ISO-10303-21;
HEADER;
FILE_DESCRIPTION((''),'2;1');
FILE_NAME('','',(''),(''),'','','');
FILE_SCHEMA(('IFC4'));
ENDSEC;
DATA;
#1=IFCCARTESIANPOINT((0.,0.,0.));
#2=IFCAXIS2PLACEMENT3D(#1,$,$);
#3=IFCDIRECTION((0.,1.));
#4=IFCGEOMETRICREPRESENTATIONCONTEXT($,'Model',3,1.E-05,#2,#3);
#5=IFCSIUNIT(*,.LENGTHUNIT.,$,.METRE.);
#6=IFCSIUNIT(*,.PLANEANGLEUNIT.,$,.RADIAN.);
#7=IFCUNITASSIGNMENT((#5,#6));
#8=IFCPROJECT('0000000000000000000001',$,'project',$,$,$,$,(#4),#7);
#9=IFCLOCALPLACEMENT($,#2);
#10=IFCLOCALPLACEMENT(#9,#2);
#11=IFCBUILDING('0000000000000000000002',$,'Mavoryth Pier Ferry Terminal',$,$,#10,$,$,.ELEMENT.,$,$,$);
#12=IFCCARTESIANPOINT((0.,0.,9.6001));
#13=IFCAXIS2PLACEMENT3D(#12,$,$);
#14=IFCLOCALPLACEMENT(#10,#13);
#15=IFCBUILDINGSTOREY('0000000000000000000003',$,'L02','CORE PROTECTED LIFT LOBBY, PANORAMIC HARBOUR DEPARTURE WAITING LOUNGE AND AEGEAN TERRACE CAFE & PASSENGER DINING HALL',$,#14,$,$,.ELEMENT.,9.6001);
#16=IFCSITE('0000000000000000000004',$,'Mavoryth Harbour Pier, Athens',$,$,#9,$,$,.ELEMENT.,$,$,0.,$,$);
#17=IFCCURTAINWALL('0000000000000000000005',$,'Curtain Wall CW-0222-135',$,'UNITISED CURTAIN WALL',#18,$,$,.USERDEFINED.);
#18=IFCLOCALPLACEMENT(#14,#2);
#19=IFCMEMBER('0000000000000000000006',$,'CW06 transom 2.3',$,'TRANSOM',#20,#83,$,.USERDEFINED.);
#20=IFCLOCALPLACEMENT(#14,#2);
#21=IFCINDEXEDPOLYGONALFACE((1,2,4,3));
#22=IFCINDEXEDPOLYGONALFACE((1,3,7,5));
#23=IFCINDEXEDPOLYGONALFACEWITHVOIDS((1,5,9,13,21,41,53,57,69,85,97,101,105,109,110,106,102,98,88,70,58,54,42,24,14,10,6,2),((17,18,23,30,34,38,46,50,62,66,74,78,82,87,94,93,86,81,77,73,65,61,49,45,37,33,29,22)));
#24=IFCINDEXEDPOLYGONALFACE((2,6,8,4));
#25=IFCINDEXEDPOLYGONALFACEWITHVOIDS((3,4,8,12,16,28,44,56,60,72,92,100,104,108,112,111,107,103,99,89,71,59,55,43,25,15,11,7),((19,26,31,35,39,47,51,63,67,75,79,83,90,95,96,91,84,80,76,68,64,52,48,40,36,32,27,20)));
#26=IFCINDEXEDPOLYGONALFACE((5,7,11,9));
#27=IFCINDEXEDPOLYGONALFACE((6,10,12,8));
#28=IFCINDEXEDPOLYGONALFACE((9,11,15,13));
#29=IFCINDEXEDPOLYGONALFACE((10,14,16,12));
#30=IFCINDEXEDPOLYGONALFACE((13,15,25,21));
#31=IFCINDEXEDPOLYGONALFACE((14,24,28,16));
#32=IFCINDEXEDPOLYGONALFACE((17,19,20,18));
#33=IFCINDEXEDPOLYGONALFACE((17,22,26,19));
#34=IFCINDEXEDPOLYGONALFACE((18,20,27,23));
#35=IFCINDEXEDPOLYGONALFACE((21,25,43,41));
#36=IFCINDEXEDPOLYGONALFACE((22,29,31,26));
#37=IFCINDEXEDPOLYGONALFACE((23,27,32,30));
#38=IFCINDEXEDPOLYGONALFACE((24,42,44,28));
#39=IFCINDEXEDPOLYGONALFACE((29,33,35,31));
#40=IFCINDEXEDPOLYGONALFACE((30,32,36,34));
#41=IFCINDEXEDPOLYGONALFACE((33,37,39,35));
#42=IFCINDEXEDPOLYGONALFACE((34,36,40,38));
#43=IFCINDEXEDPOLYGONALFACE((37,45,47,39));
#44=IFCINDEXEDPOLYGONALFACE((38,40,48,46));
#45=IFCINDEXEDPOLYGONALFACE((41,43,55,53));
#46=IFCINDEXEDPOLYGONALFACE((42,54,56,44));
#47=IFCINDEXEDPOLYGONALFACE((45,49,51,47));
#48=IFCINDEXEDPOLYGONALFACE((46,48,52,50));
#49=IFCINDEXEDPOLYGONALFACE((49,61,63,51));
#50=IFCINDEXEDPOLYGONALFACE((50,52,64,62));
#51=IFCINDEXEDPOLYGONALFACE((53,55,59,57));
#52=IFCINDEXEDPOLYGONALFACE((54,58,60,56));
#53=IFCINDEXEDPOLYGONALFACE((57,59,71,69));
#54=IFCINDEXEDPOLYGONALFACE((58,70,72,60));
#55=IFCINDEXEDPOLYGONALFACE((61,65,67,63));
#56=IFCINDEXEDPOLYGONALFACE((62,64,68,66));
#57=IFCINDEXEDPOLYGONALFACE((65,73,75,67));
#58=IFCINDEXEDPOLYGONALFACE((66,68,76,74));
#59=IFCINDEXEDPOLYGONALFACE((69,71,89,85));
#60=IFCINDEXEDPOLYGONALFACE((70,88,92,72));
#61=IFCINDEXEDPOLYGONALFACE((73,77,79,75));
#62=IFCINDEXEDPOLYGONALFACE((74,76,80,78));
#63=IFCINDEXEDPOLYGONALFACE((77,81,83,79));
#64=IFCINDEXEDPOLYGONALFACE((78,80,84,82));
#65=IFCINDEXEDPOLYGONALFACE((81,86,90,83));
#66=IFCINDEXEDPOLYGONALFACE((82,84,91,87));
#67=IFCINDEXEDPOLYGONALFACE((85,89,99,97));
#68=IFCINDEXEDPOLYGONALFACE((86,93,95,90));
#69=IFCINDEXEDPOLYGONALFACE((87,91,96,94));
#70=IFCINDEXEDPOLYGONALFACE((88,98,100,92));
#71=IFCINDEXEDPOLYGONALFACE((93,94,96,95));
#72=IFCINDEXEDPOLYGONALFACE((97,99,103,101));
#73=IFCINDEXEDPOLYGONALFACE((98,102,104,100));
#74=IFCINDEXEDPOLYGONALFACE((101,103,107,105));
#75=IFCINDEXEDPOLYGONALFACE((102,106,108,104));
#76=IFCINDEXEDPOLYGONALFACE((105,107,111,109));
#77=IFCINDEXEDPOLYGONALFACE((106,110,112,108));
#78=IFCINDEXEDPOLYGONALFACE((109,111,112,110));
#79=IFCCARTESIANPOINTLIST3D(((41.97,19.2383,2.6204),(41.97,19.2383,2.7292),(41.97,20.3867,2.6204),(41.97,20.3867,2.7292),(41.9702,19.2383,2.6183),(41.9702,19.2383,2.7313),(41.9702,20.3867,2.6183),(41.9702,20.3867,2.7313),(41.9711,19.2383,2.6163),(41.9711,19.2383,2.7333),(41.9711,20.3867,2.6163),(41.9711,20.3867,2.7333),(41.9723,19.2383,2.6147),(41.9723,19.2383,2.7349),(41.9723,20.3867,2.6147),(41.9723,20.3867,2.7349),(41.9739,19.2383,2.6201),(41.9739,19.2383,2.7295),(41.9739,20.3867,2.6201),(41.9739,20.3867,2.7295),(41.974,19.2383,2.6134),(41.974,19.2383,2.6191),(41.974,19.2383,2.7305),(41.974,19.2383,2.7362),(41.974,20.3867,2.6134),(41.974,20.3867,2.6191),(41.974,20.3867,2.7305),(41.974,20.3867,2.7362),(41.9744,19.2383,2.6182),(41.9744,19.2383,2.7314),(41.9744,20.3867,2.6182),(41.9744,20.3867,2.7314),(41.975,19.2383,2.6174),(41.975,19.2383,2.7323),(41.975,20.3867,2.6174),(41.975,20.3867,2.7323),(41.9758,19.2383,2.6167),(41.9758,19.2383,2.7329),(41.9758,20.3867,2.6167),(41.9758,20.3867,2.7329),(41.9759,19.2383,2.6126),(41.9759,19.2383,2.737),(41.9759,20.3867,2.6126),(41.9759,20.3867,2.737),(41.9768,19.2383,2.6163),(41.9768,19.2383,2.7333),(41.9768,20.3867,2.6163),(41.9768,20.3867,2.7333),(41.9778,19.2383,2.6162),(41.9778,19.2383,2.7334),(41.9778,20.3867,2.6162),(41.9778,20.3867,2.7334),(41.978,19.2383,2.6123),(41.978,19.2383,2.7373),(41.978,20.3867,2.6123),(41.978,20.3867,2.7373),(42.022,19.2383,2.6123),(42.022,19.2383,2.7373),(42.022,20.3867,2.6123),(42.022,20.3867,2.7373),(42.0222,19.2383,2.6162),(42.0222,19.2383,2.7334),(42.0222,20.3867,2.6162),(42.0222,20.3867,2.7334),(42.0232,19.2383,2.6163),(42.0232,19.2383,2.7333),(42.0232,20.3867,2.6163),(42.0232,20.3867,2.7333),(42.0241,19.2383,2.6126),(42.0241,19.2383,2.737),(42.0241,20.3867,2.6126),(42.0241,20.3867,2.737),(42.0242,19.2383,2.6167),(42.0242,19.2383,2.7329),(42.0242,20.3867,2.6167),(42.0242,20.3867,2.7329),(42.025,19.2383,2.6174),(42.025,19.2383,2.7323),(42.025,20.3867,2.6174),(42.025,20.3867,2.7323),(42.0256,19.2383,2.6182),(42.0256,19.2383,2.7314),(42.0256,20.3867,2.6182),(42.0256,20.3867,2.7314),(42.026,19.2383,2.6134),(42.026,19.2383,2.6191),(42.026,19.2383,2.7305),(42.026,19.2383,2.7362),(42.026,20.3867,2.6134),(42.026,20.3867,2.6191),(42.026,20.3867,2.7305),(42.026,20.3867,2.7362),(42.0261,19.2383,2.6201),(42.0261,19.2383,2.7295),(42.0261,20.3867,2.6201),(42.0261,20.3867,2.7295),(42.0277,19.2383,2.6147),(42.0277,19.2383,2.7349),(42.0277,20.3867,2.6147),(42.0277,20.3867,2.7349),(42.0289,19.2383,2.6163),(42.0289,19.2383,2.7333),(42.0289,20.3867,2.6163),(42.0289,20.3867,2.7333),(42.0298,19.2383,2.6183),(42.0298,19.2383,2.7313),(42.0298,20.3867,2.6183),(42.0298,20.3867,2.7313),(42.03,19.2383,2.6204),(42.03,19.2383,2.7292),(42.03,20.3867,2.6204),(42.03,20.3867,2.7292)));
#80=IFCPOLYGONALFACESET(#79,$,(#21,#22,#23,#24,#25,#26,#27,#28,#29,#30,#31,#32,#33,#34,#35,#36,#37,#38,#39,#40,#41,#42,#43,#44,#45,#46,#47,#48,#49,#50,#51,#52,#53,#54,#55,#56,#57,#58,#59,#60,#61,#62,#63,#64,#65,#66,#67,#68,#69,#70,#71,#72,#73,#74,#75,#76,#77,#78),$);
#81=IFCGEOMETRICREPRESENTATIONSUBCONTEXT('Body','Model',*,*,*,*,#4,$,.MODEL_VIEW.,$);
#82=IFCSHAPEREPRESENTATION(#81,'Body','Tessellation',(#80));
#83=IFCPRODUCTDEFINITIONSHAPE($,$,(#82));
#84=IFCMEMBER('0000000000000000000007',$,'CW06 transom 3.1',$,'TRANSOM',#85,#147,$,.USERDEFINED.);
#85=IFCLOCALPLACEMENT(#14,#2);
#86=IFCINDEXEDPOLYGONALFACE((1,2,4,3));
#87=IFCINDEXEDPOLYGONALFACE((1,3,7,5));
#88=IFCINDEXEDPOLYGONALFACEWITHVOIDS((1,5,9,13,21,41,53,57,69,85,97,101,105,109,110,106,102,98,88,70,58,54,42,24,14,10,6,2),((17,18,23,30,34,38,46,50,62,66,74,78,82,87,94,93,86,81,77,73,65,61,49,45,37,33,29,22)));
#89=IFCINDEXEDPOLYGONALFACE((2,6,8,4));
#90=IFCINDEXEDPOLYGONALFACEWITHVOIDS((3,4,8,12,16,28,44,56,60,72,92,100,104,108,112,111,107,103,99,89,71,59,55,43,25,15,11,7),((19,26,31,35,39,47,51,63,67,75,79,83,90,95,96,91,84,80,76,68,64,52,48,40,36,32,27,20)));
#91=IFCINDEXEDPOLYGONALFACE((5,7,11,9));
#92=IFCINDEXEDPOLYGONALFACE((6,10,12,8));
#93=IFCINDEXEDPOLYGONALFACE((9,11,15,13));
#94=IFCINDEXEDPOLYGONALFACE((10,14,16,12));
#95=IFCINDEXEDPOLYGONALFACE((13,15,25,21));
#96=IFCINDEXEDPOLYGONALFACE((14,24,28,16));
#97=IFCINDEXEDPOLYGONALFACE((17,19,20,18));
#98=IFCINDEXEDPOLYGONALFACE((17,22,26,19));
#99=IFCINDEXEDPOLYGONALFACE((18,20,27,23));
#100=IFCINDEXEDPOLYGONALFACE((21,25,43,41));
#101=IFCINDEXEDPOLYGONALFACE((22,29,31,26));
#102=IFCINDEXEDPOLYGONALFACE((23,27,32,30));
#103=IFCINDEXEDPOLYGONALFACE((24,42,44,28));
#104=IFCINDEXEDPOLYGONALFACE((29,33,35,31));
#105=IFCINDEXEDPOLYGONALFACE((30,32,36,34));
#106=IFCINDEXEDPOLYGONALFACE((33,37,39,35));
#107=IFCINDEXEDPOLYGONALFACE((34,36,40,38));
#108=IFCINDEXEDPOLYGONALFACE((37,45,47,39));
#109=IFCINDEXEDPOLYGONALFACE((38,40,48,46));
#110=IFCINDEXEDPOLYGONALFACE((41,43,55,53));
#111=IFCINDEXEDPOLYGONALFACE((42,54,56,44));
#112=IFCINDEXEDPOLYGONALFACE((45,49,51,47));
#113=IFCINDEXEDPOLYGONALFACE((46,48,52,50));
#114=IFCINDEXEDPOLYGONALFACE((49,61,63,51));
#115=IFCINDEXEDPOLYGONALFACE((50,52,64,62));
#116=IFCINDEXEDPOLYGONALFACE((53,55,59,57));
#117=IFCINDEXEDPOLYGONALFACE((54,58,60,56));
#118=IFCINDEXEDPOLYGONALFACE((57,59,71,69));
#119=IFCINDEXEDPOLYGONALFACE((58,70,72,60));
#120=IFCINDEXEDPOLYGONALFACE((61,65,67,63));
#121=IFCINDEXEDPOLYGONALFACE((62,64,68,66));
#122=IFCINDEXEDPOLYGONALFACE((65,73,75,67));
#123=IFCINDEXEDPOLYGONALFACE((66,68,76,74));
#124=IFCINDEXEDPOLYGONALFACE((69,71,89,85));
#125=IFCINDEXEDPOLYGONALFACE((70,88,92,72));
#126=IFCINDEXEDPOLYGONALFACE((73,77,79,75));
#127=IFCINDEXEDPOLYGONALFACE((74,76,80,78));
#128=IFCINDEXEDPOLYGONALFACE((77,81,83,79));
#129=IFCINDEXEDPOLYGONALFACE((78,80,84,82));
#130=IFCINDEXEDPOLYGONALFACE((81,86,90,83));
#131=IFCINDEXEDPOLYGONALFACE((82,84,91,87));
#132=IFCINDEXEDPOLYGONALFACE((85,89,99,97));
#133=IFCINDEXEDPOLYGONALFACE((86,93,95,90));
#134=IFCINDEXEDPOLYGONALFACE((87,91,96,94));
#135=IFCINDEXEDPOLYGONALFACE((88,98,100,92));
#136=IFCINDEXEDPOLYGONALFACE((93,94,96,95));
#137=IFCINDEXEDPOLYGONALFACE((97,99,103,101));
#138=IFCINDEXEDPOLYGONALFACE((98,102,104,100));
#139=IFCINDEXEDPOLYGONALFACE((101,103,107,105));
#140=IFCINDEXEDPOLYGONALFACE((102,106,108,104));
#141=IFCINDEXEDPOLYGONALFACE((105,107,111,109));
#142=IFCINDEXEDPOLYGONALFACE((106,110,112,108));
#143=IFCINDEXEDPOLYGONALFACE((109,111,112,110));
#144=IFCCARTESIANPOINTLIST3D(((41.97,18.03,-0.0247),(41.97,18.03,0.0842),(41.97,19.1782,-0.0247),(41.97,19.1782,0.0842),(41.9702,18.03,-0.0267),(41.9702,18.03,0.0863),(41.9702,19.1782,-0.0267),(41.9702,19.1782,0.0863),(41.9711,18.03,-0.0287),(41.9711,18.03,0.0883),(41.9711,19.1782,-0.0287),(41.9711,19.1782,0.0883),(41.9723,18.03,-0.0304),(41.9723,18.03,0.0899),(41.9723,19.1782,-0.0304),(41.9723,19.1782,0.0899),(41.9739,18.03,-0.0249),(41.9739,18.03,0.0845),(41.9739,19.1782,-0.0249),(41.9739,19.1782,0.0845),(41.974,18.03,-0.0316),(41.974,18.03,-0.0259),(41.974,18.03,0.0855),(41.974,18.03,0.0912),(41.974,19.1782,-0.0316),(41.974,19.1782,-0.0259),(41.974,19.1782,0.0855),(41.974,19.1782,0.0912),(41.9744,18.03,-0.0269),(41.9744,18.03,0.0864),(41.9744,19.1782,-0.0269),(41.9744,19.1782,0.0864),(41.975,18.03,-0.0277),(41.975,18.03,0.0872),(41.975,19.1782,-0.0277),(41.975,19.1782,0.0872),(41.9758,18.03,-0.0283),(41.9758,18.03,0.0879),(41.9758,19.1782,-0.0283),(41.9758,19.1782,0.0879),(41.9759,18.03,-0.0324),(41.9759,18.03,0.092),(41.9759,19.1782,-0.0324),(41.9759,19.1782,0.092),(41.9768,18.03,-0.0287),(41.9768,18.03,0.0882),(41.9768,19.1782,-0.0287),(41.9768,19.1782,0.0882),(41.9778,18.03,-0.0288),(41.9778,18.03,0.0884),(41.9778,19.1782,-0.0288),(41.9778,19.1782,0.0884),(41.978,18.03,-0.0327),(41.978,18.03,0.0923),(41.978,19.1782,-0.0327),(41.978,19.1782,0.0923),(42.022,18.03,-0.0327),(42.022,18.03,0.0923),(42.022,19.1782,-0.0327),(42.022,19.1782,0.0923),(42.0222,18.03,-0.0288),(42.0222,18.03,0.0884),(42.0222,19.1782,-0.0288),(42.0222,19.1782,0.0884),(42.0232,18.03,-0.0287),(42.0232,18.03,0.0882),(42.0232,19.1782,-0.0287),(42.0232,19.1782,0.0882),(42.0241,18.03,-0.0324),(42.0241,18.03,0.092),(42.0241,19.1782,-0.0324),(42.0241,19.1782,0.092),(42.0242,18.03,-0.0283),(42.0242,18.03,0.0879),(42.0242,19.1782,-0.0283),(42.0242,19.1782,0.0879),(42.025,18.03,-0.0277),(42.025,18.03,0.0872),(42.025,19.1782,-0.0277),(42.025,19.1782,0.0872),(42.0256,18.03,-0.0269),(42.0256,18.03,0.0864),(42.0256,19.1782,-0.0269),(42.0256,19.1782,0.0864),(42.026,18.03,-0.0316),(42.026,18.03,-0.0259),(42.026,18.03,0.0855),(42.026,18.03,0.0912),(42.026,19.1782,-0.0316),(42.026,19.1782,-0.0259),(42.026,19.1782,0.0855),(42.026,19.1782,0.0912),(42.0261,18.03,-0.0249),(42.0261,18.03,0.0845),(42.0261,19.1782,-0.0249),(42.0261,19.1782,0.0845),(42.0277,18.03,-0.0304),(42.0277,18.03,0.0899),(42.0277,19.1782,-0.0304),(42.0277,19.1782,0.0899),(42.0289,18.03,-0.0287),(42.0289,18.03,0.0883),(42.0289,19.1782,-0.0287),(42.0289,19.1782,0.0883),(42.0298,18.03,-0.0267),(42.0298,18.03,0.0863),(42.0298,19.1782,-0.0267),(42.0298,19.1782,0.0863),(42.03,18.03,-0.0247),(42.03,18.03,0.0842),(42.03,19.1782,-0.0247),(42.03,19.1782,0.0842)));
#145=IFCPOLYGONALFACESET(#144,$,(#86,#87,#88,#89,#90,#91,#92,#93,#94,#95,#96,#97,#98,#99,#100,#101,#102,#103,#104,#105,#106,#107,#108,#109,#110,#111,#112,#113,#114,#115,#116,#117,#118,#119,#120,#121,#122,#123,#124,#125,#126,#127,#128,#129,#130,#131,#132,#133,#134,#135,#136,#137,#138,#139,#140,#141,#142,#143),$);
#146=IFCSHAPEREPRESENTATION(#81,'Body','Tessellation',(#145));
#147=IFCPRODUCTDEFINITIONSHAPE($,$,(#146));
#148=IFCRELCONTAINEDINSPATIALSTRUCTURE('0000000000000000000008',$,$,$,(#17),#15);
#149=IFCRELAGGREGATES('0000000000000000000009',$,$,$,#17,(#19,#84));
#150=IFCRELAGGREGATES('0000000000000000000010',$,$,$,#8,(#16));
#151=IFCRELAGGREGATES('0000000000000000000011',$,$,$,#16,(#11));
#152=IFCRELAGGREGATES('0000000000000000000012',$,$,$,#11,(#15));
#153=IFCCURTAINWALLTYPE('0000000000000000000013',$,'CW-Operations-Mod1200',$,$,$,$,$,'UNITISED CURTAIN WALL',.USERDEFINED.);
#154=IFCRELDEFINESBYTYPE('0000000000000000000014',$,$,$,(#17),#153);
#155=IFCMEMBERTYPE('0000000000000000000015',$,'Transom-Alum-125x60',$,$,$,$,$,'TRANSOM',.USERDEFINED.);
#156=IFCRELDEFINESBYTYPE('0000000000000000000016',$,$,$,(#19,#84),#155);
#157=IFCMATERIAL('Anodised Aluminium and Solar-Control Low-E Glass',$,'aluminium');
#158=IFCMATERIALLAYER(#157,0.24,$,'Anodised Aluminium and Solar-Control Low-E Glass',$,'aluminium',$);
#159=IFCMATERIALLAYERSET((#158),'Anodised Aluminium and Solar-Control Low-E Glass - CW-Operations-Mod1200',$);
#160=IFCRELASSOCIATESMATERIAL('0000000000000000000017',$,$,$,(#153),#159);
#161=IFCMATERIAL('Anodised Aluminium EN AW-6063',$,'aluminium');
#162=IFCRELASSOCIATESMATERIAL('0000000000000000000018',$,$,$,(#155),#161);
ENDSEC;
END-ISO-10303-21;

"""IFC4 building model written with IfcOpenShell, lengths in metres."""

from ifc_helpers import new_model, si_unit, direction, frame, origin, origin_2d, place, context, subcontext, project, spatial, hollow_rectangle, extrude, material, layer, layer_set, material_profile, profile_set, type_object, element, aggregate, save


model = new_model("IFC4")

# Units and contexts
model_context = context("Model", 3, precision=1e-05, world=origin(), true_north=direction((0.0, 1.0)))
body_context = subcontext(model_context, "Body", "Model", "MODEL_VIEW")
ifc_project = project(units=[si_unit("LENGTHUNIT", "METRE"), si_unit("PLANEANGLEUNIT", "RADIAN")], contexts=[model_context])

# Site, building, storey
site_placement = place(None, origin())
site = spatial("IfcSite", under=ifc_project, at=site_placement, Name="Mavoryth Harbour Pier, Athens", CompositionType="ELEMENT", RefElevation=0.0)
building_placement = place(site_placement, origin())
building = spatial("IfcBuilding", under=site, at=building_placement, Name="Mavoryth Pier Ferry Terminal", CompositionType="ELEMENT")
storey_placement = place(building_placement, frame((0.0, 0.0, 9.6001)))
storey = spatial("IfcBuildingStorey", under=building, at=storey_placement, Name="L02", Description="CORE PROTECTED LIFT LOBBY, PANORAMIC HARBOUR DEPARTURE WAITING LOUNGE AND AEGEAN TERRACE CAFE & PASSENGER DINING HALL", CompositionType="ELEMENT", Elevation=9.6001)

# Curtain wall
ifc_material_1 = material(Name="Anodised Aluminium and Solar-Control Low-E Glass", Category="aluminium")
ifc_layer_1 = layer(ifc_material_1, 0.24, Name="Anodised Aluminium and Solar-Control Low-E Glass", Category="aluminium")
ifc_layer_set_1 = layer_set([ifc_layer_1], Name="Anodised Aluminium and Solar-Control Low-E Glass - CW-Operations-Mod1200")
curtain_wall_type = type_object("IfcCurtainWallType", Name="CW-Operations-Mod1200", ElementType="UNITISED CURTAIN WALL", PredefinedType="USERDEFINED", material=ifc_layer_set_1)
curtain_wall_placement = place(storey_placement, origin())
curtain_wall = element("IfcCurtainWall", 1, at=curtain_wall_placement, inside=storey, type_object=curtain_wall_type, Name="Curtain Wall CW-0222-135", ObjectType="UNITISED CURTAIN WALL", PredefinedType="USERDEFINED")
ifc_material_2 = material(Name="Anodised Aluminium EN AW-6063", Category="aluminium")

# Members
ifc_material_profile_1 = material_profile(ifc_material_2, hollow_rectangle(XDim=0.0601, YDim=0.125, WallThickness=0.0039, InnerFilletRadius=0.0039, OuterFilletRadius=0.0081, at=origin_2d()), Name="AL-TRAN 125x60x4", Category="aluminium")
ifc_profile_set_1 = profile_set([ifc_material_profile_1], Name="Anodised Aluminium EN AW-6063 - AL-TRAN 125x60x4")
member_type_1 = type_object("IfcMemberType", Name="Transom-Alum-125x60", ElementType="TRANSOM", PredefinedType="USERDEFINED", material=ifc_profile_set_1)
member_1_placement = place(storey_placement, frame((42.0, 20.3867, 2.6748), z_axis=(0.0, -1.0, 0.0), x_axis=(1.0, 0.0, 0.0)))
member_1 = element("IfcMember", 2, at=member_1_placement, type_object=member_type_1, Name="CW06 transom 2.3", ObjectType="TRANSOM", PredefinedType="USERDEFINED", context=body_context, shape_type="SweptSolid", body=[
    extrude(hollow_rectangle(XDim=0.0601, YDim=0.125, WallThickness=0.0039, InnerFilletRadius=0.0039, OuterFilletRadius=0.0081, at=origin_2d()), origin(), (0.0, 0.0, 1.0), 1.1484),
])
member_2_placement = place(storey_placement, frame((42.0, 19.1782, 0.0298), z_axis=(0.0, -1.0, 0.0), x_axis=(1.0, 0.0, 0.0)))
member_2 = element("IfcMember", 3, at=member_2_placement, type_object=member_type_1, Name="CW06 transom 3.1", ObjectType="TRANSOM", PredefinedType="USERDEFINED", context=body_context, shape_type="SweptSolid", body=[
    extrude(hollow_rectangle(XDim=0.0601, YDim=0.125, WallThickness=0.0039, InnerFilletRadius=0.0039, OuterFilletRadius=0.0081, at=origin_2d()), origin(), (0.0, 0.0, 1.0), 1.1482),
])

aggregate(curtain_wall, [member_1, member_2])

save(model, "model.ifc")
